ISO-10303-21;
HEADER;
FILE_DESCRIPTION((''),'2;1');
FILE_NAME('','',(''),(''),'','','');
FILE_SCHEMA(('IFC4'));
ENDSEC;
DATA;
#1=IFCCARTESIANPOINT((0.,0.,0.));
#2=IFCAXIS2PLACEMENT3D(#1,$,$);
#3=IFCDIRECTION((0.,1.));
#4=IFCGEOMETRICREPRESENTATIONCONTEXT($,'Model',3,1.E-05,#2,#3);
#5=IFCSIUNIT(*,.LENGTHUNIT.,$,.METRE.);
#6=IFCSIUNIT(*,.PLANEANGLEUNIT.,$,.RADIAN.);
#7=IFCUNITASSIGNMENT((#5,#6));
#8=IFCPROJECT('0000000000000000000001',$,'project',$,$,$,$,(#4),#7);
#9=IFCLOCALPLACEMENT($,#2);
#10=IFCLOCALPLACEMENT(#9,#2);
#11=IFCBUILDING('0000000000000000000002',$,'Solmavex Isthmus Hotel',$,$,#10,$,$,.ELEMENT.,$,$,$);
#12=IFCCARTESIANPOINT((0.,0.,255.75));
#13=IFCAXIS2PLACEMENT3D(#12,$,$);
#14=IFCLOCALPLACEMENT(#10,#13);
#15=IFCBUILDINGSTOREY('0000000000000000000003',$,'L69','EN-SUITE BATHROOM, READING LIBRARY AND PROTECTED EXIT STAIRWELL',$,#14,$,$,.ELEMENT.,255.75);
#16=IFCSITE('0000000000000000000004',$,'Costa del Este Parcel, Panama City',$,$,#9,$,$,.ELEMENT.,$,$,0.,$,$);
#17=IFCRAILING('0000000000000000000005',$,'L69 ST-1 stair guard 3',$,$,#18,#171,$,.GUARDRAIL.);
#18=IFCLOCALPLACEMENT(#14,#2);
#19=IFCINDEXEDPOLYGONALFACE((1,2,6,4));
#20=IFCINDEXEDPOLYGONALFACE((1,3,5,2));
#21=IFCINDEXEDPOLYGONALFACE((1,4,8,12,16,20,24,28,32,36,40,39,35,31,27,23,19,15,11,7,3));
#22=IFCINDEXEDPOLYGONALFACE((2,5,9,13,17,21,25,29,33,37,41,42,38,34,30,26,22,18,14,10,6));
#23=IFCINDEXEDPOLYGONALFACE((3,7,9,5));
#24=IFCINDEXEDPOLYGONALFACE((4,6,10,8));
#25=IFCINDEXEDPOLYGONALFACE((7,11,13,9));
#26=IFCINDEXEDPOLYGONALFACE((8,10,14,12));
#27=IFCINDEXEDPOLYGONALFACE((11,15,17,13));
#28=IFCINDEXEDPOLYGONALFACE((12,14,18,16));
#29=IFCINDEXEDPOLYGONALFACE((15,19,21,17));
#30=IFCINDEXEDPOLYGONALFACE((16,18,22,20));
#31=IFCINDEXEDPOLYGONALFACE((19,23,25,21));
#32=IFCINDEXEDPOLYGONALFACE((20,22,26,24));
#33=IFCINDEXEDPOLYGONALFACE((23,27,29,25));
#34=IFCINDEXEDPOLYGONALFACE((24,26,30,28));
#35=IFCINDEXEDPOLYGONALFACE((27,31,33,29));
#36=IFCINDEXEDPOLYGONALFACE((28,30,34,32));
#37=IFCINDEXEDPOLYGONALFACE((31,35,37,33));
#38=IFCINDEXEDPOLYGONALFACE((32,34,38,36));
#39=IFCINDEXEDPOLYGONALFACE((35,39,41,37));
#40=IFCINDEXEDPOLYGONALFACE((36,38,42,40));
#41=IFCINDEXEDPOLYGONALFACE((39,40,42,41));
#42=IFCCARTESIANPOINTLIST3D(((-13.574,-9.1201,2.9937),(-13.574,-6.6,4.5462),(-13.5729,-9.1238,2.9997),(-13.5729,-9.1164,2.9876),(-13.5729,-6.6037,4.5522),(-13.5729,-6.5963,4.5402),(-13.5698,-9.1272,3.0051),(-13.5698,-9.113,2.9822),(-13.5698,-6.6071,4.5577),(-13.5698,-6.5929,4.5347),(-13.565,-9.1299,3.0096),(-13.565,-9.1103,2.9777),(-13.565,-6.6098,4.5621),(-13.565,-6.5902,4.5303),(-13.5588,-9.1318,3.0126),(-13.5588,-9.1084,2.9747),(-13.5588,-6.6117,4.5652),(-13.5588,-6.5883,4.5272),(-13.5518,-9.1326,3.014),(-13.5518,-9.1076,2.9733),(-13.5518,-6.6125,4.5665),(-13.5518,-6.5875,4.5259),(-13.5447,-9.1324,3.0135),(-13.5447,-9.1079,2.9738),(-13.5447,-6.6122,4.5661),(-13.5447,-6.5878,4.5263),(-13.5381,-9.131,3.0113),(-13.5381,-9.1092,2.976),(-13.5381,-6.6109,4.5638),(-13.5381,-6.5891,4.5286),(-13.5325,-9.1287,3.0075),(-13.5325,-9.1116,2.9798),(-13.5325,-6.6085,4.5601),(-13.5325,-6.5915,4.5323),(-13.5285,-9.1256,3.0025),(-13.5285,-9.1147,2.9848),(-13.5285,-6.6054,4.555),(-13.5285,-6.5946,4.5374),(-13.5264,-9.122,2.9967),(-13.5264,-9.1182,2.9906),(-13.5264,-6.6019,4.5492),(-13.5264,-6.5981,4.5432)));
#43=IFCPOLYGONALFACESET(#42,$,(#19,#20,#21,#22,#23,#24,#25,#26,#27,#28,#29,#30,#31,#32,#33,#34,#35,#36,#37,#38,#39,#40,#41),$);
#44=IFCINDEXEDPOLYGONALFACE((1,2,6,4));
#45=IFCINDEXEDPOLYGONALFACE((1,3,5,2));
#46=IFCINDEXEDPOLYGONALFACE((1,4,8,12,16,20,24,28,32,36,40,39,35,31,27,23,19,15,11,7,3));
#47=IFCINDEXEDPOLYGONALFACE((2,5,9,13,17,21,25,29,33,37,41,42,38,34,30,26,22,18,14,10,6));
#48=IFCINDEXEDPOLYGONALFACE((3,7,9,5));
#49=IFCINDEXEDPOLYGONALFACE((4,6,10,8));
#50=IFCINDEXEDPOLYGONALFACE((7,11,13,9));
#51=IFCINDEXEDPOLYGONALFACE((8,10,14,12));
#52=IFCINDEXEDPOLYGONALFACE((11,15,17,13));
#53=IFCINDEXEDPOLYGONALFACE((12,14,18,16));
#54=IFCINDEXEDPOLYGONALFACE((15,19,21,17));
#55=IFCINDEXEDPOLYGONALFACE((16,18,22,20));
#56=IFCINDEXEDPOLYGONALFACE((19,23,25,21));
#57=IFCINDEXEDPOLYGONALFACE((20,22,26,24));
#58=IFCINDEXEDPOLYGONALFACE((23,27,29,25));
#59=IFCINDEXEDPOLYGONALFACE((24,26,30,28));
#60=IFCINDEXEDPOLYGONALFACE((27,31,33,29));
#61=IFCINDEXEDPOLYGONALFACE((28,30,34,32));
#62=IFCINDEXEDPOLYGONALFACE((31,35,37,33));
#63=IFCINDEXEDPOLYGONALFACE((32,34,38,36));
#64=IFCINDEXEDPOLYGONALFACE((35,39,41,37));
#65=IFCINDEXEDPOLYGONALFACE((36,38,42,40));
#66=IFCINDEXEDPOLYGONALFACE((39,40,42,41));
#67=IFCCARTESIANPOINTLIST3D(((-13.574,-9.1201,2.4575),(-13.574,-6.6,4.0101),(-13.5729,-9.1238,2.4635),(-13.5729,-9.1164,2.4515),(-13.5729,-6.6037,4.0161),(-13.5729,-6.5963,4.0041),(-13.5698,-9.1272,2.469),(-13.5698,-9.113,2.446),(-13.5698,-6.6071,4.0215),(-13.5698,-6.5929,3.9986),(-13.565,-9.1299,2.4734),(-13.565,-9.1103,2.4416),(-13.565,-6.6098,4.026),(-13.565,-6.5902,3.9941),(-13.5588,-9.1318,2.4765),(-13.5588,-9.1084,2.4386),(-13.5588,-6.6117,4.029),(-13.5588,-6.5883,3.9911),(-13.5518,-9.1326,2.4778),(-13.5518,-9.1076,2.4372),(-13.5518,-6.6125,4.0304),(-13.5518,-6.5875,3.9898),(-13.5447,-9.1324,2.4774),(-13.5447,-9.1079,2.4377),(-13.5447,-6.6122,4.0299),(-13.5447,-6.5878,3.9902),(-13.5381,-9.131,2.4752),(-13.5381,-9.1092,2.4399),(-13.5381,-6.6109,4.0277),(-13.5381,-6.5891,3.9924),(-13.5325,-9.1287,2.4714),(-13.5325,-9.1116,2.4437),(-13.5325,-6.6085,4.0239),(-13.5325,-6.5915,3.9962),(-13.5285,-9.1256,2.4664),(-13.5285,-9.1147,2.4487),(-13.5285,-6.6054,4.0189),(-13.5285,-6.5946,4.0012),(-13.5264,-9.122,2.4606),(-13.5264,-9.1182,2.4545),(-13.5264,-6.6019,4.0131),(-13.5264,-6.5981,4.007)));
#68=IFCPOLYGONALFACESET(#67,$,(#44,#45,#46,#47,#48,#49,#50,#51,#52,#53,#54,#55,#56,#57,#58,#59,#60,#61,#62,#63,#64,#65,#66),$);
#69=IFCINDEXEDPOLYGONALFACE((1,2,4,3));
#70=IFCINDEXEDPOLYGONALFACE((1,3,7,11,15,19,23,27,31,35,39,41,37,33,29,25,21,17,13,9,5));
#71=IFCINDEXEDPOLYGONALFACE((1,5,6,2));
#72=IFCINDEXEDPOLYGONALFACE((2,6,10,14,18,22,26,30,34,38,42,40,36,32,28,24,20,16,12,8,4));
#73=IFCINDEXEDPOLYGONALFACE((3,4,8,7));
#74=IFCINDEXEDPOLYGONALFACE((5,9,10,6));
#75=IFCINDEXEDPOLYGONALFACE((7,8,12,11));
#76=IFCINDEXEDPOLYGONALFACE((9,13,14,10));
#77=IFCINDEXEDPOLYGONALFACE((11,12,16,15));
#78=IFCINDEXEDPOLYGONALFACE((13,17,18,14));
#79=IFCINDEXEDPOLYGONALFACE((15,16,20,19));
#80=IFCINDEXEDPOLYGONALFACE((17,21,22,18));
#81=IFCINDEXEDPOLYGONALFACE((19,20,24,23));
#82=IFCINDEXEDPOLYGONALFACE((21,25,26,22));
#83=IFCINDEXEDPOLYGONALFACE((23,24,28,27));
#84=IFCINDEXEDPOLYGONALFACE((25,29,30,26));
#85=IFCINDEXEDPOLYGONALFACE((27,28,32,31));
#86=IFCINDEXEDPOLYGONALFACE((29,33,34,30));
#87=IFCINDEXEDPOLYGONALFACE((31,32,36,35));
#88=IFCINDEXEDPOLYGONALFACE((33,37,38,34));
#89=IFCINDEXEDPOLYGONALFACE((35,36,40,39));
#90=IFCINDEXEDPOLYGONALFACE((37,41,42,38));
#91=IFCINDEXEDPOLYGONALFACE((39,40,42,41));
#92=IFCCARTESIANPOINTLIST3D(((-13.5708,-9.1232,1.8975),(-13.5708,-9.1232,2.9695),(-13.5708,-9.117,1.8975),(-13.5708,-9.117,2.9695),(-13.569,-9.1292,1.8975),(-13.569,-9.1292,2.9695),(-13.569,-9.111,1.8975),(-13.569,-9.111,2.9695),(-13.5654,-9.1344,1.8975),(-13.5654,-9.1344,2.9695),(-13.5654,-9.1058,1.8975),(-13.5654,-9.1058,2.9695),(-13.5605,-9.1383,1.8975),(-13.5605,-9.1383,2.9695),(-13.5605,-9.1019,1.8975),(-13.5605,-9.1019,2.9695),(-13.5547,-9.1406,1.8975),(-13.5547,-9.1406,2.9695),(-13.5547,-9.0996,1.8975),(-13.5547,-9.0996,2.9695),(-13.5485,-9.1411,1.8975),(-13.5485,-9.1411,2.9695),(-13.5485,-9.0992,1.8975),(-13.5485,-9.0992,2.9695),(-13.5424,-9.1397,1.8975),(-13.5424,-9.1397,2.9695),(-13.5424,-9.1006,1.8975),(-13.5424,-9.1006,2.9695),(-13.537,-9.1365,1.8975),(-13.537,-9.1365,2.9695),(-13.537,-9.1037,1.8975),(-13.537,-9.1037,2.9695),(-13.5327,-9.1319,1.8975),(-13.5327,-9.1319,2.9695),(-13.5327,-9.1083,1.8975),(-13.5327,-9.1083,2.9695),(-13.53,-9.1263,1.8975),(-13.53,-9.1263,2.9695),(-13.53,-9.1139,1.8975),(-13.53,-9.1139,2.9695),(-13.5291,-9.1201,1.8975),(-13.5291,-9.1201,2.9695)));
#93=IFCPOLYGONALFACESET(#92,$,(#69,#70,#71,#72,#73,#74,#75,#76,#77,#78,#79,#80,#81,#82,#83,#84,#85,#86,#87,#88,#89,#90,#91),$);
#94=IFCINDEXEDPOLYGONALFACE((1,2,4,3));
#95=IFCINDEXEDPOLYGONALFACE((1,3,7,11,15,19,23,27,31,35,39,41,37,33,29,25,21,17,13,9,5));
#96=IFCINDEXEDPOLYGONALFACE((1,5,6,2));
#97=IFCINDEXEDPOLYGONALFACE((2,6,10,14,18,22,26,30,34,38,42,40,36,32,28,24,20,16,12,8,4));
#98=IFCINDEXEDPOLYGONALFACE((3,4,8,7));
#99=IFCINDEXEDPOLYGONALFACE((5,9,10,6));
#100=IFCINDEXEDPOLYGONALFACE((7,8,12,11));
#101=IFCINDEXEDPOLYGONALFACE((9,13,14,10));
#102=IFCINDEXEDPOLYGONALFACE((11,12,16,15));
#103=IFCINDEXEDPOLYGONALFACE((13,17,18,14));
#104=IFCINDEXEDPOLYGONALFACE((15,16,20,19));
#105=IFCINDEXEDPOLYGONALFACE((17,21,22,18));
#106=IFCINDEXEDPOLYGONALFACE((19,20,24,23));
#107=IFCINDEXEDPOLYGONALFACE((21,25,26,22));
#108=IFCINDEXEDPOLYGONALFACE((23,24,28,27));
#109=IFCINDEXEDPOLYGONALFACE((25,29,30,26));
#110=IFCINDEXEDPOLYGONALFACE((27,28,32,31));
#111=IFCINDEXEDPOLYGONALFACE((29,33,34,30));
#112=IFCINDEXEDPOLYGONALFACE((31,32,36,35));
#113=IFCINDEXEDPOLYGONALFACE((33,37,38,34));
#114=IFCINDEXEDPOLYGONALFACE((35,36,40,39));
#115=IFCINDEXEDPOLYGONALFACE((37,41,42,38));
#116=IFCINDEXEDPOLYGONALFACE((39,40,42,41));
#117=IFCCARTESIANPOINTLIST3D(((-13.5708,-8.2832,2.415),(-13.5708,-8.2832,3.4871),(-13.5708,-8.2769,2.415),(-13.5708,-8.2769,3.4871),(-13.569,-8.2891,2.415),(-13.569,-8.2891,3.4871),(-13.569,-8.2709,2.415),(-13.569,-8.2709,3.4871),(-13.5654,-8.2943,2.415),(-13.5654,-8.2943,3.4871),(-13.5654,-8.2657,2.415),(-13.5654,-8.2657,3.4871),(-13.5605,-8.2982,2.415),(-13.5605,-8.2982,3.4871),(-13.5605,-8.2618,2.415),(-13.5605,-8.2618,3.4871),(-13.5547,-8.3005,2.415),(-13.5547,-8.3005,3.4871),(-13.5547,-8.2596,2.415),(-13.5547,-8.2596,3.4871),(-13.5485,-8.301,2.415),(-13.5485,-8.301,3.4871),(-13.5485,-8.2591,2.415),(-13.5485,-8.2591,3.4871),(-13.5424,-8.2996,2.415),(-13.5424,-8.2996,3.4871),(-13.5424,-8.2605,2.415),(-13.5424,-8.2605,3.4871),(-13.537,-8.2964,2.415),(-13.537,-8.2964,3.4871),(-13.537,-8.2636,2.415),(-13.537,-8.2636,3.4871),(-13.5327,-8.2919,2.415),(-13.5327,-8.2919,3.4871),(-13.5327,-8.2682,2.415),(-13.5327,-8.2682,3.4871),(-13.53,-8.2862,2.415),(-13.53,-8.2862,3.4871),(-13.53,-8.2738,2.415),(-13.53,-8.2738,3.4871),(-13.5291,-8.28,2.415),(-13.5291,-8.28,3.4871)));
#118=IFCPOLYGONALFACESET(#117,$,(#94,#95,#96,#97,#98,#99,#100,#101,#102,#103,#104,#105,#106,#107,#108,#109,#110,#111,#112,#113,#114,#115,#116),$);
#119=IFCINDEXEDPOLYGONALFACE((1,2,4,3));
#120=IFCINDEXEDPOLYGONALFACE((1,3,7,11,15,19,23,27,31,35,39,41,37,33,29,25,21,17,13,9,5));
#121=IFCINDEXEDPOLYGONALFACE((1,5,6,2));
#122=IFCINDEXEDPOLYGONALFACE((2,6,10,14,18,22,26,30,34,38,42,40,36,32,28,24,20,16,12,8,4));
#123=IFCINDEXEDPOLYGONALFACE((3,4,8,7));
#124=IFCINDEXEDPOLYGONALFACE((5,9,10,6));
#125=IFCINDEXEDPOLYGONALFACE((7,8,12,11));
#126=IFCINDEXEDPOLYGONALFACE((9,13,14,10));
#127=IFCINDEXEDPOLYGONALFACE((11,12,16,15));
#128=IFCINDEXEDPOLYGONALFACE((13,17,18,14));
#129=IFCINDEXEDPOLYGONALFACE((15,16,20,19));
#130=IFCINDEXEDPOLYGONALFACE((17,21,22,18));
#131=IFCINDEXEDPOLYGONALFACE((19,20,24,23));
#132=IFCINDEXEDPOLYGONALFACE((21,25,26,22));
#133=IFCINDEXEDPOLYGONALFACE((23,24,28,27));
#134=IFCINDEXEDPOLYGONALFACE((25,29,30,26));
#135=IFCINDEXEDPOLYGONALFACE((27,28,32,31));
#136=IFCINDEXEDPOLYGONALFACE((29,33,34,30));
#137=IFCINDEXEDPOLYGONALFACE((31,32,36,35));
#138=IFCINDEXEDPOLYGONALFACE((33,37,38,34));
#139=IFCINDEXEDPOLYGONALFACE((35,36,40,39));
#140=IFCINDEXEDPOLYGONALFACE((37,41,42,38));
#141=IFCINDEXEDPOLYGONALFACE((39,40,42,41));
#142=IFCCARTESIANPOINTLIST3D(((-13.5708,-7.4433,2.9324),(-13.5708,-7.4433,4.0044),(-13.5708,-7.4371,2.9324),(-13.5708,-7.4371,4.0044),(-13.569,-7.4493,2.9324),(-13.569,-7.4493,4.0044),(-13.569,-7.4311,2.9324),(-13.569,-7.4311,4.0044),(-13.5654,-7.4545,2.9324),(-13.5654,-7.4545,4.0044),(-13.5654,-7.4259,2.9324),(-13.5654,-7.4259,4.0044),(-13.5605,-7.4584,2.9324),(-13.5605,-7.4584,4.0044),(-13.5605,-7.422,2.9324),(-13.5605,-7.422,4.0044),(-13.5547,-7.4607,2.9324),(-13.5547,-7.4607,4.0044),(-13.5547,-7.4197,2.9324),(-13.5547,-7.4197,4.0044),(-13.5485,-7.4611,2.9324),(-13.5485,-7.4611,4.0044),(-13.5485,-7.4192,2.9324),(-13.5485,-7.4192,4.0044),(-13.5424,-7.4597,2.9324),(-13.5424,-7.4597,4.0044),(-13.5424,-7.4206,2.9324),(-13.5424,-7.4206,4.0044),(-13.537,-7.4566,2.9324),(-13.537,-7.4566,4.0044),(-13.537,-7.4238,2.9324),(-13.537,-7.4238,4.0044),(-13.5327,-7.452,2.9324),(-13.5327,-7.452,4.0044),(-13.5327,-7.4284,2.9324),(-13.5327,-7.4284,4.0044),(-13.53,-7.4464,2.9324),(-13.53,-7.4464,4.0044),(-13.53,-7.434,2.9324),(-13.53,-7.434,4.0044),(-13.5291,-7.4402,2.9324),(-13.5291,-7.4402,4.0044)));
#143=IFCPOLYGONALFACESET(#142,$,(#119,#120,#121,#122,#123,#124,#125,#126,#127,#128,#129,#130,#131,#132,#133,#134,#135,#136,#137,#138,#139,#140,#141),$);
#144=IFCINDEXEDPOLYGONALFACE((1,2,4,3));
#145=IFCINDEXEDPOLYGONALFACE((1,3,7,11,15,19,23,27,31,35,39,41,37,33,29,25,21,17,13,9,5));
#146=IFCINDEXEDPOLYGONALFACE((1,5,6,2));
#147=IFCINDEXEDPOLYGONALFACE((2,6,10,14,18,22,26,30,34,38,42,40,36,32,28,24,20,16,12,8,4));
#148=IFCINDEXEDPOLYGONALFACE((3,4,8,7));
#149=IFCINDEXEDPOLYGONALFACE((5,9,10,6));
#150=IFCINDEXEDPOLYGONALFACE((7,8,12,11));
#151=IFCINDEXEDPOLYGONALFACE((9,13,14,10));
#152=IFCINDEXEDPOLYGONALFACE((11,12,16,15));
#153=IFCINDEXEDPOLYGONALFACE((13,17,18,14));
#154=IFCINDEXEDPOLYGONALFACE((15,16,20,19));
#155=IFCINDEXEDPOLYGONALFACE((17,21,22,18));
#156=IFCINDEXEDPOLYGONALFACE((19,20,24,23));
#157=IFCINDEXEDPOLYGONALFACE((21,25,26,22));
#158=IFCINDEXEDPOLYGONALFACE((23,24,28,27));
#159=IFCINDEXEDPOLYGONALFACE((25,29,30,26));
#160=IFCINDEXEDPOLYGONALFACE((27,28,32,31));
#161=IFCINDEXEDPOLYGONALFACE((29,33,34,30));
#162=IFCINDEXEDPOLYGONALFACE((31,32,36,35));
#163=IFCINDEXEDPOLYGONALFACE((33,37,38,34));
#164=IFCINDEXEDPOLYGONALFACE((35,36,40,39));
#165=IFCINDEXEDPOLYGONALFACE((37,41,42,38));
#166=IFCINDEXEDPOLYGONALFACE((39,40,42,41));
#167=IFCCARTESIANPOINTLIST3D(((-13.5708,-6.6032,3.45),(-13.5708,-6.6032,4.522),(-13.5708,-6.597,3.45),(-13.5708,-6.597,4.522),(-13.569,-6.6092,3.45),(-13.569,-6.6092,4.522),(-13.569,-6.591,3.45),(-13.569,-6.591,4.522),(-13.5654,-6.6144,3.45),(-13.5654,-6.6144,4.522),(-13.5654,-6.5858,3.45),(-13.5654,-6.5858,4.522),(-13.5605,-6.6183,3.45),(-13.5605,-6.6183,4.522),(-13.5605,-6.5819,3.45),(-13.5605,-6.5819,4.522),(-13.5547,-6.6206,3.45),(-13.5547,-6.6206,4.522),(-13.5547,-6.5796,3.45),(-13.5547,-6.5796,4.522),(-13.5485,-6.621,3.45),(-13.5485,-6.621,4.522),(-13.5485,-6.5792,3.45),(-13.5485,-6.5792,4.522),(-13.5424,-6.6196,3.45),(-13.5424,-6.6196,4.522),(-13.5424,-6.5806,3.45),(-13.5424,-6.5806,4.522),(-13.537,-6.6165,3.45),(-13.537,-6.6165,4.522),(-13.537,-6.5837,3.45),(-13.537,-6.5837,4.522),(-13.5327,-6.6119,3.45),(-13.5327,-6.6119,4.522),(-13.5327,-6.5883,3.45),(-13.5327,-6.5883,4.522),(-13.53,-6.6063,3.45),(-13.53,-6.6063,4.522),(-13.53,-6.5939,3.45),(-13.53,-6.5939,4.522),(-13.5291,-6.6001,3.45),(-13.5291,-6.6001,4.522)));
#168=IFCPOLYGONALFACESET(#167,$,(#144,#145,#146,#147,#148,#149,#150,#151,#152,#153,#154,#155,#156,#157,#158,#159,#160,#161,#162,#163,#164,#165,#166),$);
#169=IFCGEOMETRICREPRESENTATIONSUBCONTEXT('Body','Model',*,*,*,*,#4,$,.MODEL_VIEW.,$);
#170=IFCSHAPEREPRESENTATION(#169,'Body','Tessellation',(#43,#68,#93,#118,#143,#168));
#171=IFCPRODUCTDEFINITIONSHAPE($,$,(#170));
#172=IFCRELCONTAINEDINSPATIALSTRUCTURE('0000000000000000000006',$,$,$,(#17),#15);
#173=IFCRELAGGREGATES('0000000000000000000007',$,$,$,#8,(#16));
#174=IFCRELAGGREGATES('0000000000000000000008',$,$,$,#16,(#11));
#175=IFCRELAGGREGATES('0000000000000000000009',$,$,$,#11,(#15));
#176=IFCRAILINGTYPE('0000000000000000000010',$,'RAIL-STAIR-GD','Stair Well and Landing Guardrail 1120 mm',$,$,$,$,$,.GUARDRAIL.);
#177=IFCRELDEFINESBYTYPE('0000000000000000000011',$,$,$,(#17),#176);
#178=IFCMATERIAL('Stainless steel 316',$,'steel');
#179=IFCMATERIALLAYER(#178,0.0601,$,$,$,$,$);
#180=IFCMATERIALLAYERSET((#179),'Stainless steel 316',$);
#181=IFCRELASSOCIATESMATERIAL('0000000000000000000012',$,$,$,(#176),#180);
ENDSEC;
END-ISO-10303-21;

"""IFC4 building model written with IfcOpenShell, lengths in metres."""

from ifc_helpers import new_model, si_unit, direction, frame, origin, origin_2d, place, context, subcontext, project, spatial, circle, extrude, material, layer, layer_set, type_object, element, save


model = new_model("IFC4")

# Units and contexts
model_context = context("Model", 3, precision=1e-05, world=origin(), true_north=direction((0.0, 1.0)))
body_context = subcontext(model_context, "Body", "Model", "MODEL_VIEW")
ifc_project = project(units=[si_unit("LENGTHUNIT", "METRE"), si_unit("PLANEANGLEUNIT", "RADIAN")], contexts=[model_context])

# Site, building, storey
site_placement = place(None, origin())
site = spatial("IfcSite", under=ifc_project, at=site_placement, Name="Costa del Este Parcel, Panama City", CompositionType="ELEMENT", RefElevation=0.0)
building_placement = place(site_placement, origin())
building = spatial("IfcBuilding", under=site, at=building_placement, Name="Solmavex Isthmus Hotel", CompositionType="ELEMENT")
storey_placement = place(building_placement, frame((0.0, 0.0, 255.75)))
storey = spatial("IfcBuildingStorey", under=building, at=storey_placement, Name="L69", Description="EN-SUITE BATHROOM, READING LIBRARY AND PROTECTED EXIT STAIRWELL", CompositionType="ELEMENT", Elevation=255.75)

# Railing
ifc_material_1 = material(Name="Stainless steel 316", Category="steel")
ifc_layer_1 = layer(ifc_material_1, 0.0601)
ifc_layer_set_1 = layer_set([ifc_layer_1], Name="Stainless steel 316")
railing_type_1 = type_object("IfcRailingType", Name="RAIL-STAIR-GD", Description="Stair Well and Landing Guardrail 1120 mm", PredefinedType="GUARDRAIL", material=ifc_layer_set_1)
railing_1_placement = place(storey_placement, frame((-13.55, -9.1201, 1.8975)))
element("IfcRailing", 1, at=railing_1_placement, inside=storey, type_object=railing_type_1, Name="L69 ST-1 stair guard 3", PredefinedType="GUARDRAIL", context=body_context, shape_type="SweptSolid", body=[
    extrude(circle(Radius=0.0239, at=origin_2d()), frame((0.0, 0.0, 1.0962), z_axis=(0.0, 0.8514, 0.524516), x_axis=(-1.0, 0.0, 0.0)), (0.0, 0.0, 1.0), 2.96),
    extrude(circle(Radius=0.0239, at=origin_2d()), frame((0.0, 0.0, 0.5601), z_axis=(0.0, 0.8514, 0.524516), x_axis=(-1.0, 0.0, 0.0)), (0.0, 0.0, 1.0), 2.96),
    extrude(circle(Radius=0.021, at=origin_2d()), origin(), (0.0, 0.0, 1.0), 1.072),
    extrude(circle(Radius=0.021, at=origin_2d()), frame((0.0, 0.8401, 0.5176)), (0.0, 0.0, 1.0), 1.072),
    extrude(circle(Radius=0.021, at=origin_2d()), frame((0.0, 1.6799, 1.0349)), (0.0, 0.0, 1.0), 1.072),
    extrude(circle(Radius=0.021, at=origin_2d()), frame((0.0, 2.52, 1.5525)), (0.0, 0.0, 1.0), 1.072),
])

save(model, "model.ifc")
